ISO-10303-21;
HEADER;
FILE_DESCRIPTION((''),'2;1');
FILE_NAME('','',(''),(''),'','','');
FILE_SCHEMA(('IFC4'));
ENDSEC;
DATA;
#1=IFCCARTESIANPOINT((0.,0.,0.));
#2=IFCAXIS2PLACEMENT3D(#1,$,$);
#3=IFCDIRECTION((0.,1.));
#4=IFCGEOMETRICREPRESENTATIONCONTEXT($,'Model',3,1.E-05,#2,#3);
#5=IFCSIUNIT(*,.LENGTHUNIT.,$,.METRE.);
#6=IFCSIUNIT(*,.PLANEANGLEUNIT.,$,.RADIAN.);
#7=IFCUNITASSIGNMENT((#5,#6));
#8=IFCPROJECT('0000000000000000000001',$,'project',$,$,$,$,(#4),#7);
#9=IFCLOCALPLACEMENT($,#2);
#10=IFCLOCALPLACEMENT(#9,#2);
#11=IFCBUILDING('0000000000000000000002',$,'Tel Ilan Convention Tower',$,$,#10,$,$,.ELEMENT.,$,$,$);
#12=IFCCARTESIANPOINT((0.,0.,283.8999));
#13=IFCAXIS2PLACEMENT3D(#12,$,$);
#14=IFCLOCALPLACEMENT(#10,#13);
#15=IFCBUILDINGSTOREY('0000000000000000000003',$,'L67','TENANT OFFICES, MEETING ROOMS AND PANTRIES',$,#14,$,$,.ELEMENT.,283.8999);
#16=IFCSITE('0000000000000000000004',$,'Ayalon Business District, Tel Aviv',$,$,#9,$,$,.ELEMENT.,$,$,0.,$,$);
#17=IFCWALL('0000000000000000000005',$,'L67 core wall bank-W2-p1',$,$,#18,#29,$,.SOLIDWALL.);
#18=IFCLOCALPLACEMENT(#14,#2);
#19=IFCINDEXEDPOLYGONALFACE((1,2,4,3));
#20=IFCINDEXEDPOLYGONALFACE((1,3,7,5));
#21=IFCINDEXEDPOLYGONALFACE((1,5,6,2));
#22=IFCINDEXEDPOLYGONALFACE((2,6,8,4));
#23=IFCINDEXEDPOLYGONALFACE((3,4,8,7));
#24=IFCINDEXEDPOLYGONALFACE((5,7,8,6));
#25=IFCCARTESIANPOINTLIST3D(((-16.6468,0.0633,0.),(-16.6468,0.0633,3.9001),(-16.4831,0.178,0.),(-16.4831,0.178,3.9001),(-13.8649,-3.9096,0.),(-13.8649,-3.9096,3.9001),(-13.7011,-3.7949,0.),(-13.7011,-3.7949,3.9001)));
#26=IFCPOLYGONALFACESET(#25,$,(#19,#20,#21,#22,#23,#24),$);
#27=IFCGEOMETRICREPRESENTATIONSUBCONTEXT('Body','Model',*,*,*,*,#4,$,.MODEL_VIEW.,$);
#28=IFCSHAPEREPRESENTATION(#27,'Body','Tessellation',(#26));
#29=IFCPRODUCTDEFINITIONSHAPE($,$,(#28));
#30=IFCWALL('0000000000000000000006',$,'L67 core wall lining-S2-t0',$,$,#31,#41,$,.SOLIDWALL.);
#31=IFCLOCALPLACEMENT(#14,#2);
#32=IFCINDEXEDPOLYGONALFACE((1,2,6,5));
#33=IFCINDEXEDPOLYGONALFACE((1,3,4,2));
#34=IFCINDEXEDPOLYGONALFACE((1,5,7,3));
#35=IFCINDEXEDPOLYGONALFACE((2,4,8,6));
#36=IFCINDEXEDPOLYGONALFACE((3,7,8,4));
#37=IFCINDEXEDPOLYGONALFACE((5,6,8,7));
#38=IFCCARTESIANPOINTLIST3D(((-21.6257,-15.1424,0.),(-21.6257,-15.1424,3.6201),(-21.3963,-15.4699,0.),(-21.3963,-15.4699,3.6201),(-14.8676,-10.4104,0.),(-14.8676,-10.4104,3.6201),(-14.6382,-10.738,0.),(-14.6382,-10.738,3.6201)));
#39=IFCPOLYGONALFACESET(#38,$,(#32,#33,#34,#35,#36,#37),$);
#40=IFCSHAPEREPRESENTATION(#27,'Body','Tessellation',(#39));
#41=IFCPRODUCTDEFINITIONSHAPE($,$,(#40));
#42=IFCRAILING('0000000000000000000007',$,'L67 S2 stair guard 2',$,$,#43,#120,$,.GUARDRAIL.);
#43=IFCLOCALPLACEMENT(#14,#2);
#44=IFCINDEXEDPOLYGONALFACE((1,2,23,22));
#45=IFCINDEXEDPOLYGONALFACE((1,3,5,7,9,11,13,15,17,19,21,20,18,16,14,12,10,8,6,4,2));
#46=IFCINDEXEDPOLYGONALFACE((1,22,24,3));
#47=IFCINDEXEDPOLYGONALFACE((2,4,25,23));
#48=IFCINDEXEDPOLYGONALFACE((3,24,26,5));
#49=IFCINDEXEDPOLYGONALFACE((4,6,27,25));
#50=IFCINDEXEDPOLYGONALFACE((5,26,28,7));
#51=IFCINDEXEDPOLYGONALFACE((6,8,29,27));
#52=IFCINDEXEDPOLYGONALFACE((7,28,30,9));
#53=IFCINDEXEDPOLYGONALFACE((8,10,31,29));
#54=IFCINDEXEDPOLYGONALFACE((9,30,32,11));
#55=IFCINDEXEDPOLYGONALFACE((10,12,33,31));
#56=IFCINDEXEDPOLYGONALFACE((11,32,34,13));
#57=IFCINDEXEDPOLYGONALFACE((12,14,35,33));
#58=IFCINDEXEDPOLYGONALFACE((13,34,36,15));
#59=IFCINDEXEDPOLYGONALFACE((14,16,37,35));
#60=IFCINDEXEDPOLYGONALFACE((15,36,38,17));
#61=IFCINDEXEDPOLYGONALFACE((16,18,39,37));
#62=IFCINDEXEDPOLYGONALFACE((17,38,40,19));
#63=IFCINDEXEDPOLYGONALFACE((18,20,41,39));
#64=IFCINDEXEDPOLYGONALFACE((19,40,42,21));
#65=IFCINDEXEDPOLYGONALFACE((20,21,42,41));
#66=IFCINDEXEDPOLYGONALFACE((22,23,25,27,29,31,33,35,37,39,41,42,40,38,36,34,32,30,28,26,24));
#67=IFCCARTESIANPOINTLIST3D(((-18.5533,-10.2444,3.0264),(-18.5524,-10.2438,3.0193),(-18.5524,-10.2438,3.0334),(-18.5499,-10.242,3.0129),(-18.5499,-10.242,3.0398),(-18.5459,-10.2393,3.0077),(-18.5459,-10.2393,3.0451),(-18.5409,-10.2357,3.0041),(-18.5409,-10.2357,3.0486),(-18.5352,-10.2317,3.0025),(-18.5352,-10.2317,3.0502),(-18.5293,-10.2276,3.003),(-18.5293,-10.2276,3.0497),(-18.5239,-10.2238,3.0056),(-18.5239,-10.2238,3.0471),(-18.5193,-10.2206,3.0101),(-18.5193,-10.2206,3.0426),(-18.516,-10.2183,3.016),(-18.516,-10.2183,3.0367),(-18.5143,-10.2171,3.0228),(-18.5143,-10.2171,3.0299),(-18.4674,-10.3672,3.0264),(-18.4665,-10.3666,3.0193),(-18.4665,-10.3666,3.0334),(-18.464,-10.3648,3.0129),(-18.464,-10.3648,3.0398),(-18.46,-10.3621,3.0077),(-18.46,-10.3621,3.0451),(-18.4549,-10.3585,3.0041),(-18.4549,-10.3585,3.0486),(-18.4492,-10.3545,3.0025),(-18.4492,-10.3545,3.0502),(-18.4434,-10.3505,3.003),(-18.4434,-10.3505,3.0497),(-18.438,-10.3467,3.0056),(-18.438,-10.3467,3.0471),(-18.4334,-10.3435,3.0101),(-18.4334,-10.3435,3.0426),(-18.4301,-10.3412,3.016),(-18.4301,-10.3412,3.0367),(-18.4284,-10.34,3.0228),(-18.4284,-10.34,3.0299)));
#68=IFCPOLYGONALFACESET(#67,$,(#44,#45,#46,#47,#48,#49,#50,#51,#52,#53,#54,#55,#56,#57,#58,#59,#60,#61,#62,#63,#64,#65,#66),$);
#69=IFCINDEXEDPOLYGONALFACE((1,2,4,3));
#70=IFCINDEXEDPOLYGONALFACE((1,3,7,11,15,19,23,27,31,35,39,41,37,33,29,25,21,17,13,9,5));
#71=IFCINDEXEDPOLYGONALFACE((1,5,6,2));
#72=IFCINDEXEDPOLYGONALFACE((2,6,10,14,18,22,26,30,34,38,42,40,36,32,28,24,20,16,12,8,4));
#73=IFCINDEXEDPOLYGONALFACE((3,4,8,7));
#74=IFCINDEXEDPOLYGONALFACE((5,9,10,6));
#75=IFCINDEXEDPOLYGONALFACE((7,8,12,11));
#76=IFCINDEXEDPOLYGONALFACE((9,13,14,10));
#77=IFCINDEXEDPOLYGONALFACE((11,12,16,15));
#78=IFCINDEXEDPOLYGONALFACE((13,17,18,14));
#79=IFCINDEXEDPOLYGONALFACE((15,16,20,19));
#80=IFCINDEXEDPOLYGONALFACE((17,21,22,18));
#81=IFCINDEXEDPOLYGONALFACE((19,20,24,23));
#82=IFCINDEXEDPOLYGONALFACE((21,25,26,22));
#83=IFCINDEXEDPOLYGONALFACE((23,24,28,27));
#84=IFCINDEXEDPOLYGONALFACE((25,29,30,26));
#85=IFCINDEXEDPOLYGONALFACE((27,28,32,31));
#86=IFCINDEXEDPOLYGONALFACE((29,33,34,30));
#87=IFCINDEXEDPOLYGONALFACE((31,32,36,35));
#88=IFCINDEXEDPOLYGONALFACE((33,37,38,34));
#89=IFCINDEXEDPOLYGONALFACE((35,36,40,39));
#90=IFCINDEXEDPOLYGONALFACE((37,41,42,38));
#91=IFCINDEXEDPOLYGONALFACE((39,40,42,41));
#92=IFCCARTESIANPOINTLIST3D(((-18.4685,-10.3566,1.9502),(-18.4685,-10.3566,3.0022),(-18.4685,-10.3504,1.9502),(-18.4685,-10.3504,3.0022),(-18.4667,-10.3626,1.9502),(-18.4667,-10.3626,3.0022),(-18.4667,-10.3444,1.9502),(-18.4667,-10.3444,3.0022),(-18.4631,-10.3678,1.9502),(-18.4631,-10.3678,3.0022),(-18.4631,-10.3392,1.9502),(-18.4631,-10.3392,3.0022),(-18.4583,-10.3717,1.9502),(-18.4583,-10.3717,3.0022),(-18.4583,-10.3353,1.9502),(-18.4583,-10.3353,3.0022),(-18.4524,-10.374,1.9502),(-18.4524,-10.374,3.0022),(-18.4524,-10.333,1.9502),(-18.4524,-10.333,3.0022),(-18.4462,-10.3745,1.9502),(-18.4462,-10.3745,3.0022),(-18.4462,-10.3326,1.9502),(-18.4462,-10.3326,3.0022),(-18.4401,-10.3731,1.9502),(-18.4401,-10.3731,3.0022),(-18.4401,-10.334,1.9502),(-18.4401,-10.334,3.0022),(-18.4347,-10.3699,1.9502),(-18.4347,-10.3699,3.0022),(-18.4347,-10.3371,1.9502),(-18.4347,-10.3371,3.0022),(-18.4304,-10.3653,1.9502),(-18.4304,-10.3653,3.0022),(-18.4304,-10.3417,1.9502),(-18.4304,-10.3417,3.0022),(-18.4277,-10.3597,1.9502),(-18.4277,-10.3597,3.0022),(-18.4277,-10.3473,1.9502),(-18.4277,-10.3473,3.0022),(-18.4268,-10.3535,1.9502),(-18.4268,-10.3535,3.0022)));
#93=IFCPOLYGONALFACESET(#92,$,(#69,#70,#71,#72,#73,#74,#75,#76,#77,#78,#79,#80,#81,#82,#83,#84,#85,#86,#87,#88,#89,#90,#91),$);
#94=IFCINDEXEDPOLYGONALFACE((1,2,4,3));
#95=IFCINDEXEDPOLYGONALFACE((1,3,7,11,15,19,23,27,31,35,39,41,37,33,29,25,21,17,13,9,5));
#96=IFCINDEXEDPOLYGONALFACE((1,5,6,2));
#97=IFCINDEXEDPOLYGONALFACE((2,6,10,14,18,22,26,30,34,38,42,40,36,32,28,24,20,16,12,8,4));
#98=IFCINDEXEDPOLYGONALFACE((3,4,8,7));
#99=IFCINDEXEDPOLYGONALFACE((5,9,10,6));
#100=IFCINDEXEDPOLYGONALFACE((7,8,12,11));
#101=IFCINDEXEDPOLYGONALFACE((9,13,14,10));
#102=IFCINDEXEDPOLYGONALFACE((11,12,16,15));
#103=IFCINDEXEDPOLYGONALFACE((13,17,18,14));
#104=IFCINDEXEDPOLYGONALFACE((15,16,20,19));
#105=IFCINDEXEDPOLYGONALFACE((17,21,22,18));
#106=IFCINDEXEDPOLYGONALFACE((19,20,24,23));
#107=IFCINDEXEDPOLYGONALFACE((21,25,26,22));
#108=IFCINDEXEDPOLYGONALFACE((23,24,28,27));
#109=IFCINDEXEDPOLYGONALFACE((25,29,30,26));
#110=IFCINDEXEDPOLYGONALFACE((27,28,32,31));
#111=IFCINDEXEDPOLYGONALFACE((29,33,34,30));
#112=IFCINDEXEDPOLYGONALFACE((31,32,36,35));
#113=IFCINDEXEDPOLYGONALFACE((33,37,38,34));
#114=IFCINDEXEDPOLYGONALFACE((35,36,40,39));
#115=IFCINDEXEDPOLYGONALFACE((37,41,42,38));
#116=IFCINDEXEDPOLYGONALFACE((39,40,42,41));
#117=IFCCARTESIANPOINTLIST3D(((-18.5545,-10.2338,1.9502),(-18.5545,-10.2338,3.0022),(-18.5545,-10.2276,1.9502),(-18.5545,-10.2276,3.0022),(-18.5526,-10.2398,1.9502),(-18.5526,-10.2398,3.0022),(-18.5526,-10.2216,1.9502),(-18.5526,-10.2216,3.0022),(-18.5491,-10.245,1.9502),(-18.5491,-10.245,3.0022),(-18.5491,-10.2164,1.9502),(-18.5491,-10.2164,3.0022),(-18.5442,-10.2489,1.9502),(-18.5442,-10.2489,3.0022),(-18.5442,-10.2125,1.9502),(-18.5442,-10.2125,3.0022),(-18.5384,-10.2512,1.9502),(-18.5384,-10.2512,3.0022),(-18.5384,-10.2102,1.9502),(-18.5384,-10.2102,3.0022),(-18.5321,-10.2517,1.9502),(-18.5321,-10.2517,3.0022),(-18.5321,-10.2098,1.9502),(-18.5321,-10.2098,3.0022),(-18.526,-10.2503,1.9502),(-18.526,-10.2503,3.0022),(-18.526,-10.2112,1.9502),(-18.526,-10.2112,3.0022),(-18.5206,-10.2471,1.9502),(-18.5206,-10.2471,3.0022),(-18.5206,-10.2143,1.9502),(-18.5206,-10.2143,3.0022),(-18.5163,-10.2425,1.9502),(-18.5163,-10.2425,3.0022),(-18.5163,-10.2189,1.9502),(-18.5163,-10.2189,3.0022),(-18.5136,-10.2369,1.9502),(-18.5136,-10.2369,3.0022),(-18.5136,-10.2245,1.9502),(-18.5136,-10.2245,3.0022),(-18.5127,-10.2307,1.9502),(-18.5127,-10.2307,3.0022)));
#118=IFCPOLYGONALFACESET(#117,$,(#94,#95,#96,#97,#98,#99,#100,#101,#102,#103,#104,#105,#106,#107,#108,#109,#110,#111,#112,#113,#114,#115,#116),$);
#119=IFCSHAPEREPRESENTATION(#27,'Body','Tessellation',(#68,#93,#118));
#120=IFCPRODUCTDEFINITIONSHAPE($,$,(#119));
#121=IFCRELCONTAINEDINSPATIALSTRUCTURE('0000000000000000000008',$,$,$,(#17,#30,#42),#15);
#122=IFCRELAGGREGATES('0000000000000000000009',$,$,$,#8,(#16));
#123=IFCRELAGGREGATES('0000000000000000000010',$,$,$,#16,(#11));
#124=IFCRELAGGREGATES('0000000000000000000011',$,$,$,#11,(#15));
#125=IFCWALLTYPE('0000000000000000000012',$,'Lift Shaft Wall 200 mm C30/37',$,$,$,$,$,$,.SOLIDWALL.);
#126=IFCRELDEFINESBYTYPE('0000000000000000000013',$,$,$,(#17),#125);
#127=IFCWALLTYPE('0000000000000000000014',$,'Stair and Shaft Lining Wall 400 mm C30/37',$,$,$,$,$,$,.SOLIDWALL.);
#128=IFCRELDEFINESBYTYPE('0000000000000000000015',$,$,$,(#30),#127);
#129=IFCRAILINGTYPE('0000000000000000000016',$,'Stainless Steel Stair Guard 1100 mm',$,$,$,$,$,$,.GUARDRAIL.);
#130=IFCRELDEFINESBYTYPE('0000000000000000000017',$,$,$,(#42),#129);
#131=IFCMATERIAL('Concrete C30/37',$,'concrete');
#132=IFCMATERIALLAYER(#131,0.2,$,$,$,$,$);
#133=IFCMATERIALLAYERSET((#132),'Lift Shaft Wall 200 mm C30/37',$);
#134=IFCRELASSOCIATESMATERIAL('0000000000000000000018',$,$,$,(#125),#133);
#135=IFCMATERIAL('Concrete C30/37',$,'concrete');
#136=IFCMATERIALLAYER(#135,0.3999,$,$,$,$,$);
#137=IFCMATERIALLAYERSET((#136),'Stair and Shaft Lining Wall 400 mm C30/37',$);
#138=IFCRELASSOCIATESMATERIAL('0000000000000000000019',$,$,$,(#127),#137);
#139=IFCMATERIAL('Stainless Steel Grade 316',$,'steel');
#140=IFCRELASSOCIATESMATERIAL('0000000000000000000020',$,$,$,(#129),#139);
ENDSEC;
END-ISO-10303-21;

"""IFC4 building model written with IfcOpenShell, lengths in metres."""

from ifc_helpers import new_model, si_unit, direction, frame, frame_2d, origin, origin_2d, place, context, subcontext, project, spatial, rectangle, circle, extrude, material, layer, layer_set, type_object, element, save


model = new_model("IFC4")

# Units and contexts
model_context = context("Model", 3, precision=1e-05, world=origin(), true_north=direction((0.0, 1.0)))
body_context = subcontext(model_context, "Body", "Model", "MODEL_VIEW")
ifc_project = project(units=[si_unit("LENGTHUNIT", "METRE"), si_unit("PLANEANGLEUNIT", "RADIAN")], contexts=[model_context])

# Site, building, storey
site_placement = place(None, origin())
site = spatial("IfcSite", under=ifc_project, at=site_placement, Name="Ayalon Business District, Tel Aviv", CompositionType="ELEMENT", RefElevation=0.0)
building_placement = place(site_placement, origin())
building = spatial("IfcBuilding", under=site, at=building_placement, Name="Tel Ilan Convention Tower", CompositionType="ELEMENT")
storey_placement = place(building_placement, frame((0.0, 0.0, 283.8999)))
storey = spatial("IfcBuildingStorey", under=building, at=storey_placement, Name="L67", Description="TENANT OFFICES, MEETING ROOMS AND PANTRIES", CompositionType="ELEMENT", Elevation=283.8999)

# Walls
ifc_material_1 = material(Name="Concrete C30/37", Category="concrete")
ifc_layer_1 = layer(ifc_material_1, 0.2)
ifc_layer_set_1 = layer_set([ifc_layer_1], Name="Lift Shaft Wall 200 mm C30/37")
wall_type_1 = type_object("IfcWallType", Name="Lift Shaft Wall 200 mm C30/37", PredefinedType="SOLIDWALL", material=ifc_layer_set_1)
wall_1_placement = place(storey_placement, frame((-13.783, -3.8523, 0.0), z_axis=(0.0, 0.0, 1.0), x_axis=(-0.573594, 0.81914, 0.0)))
element("IfcWall", 1, at=wall_1_placement, inside=storey, type_object=wall_type_1, Name="L67 core wall bank-W2-p1", PredefinedType="SOLIDWALL", context=body_context, shape_type="SweptSolid", body=[
    extrude(rectangle(XDim=4.8501, YDim=0.2, at=frame_2d((2.425, 0.0))), origin(), (0.0, 0.0, 1.0), 3.9001),
])
ifc_material_2 = material(Name="Concrete C30/37", Category="concrete")
ifc_layer_2 = layer(ifc_material_2, 0.3999)
ifc_layer_set_2 = layer_set([ifc_layer_2], Name="Stair and Shaft Lining Wall 400 mm C30/37")
wall_type_2 = type_object("IfcWallType", Name="Stair and Shaft Lining Wall 400 mm C30/37", PredefinedType="SOLIDWALL", material=ifc_layer_set_2)
wall_2_placement = place(storey_placement, frame((-14.7529, -10.5742, 0.0), z_axis=(0.0, 0.0, 1.0), x_axis=(-0.819158, -0.573568, 0.0)))
element("IfcWall", 2, at=wall_2_placement, inside=storey, type_object=wall_type_2, Name="L67 core wall lining-S2-t0", PredefinedType="SOLIDWALL", context=body_context, shape_type="SweptSolid", body=[
    extrude(rectangle(XDim=8.25, YDim=0.3999, at=frame_2d((4.125, 0.0))), origin(), (0.0, 0.0, 1.0), 3.6201),
])

# Railing
ifc_material_3 = material(Name="Stainless Steel Grade 316", Category="steel")
railing_type = type_object("IfcRailingType", Name="Stainless Steel Stair Guard 1100 mm", PredefinedType="GUARDRAIL", material=ifc_material_3)
railing_placement = place(storey_placement, frame((-18.4478, -10.3535, 1.9502)))
element("IfcRailing", 3, at=railing_placement, inside=storey, type_object=railing_type, Name="L67 S2 stair guard 2", PredefinedType="GUARDRAIL", context=body_context, shape_type="SweptSolid", body=[
    extrude(circle(Radius=0.0239, at=origin_2d()), frame((0.0, 0.0, 1.0762), z_axis=(-0.573353, 0.819308, 0.0), x_axis=(-0.819308, -0.573353, 0.0)), (0.0, 0.0, 1.0), 0.1499),
    extrude(circle(Radius=0.021, at=origin_2d()), origin(), (0.0, 0.0, 1.0), 1.052),
    extrude(circle(Radius=0.021, at=origin_2d()), frame((-0.0859, 0.1228, 0.0)), (0.0, 0.0, 1.0), 1.052),
])

save(model, "model.ifc")
